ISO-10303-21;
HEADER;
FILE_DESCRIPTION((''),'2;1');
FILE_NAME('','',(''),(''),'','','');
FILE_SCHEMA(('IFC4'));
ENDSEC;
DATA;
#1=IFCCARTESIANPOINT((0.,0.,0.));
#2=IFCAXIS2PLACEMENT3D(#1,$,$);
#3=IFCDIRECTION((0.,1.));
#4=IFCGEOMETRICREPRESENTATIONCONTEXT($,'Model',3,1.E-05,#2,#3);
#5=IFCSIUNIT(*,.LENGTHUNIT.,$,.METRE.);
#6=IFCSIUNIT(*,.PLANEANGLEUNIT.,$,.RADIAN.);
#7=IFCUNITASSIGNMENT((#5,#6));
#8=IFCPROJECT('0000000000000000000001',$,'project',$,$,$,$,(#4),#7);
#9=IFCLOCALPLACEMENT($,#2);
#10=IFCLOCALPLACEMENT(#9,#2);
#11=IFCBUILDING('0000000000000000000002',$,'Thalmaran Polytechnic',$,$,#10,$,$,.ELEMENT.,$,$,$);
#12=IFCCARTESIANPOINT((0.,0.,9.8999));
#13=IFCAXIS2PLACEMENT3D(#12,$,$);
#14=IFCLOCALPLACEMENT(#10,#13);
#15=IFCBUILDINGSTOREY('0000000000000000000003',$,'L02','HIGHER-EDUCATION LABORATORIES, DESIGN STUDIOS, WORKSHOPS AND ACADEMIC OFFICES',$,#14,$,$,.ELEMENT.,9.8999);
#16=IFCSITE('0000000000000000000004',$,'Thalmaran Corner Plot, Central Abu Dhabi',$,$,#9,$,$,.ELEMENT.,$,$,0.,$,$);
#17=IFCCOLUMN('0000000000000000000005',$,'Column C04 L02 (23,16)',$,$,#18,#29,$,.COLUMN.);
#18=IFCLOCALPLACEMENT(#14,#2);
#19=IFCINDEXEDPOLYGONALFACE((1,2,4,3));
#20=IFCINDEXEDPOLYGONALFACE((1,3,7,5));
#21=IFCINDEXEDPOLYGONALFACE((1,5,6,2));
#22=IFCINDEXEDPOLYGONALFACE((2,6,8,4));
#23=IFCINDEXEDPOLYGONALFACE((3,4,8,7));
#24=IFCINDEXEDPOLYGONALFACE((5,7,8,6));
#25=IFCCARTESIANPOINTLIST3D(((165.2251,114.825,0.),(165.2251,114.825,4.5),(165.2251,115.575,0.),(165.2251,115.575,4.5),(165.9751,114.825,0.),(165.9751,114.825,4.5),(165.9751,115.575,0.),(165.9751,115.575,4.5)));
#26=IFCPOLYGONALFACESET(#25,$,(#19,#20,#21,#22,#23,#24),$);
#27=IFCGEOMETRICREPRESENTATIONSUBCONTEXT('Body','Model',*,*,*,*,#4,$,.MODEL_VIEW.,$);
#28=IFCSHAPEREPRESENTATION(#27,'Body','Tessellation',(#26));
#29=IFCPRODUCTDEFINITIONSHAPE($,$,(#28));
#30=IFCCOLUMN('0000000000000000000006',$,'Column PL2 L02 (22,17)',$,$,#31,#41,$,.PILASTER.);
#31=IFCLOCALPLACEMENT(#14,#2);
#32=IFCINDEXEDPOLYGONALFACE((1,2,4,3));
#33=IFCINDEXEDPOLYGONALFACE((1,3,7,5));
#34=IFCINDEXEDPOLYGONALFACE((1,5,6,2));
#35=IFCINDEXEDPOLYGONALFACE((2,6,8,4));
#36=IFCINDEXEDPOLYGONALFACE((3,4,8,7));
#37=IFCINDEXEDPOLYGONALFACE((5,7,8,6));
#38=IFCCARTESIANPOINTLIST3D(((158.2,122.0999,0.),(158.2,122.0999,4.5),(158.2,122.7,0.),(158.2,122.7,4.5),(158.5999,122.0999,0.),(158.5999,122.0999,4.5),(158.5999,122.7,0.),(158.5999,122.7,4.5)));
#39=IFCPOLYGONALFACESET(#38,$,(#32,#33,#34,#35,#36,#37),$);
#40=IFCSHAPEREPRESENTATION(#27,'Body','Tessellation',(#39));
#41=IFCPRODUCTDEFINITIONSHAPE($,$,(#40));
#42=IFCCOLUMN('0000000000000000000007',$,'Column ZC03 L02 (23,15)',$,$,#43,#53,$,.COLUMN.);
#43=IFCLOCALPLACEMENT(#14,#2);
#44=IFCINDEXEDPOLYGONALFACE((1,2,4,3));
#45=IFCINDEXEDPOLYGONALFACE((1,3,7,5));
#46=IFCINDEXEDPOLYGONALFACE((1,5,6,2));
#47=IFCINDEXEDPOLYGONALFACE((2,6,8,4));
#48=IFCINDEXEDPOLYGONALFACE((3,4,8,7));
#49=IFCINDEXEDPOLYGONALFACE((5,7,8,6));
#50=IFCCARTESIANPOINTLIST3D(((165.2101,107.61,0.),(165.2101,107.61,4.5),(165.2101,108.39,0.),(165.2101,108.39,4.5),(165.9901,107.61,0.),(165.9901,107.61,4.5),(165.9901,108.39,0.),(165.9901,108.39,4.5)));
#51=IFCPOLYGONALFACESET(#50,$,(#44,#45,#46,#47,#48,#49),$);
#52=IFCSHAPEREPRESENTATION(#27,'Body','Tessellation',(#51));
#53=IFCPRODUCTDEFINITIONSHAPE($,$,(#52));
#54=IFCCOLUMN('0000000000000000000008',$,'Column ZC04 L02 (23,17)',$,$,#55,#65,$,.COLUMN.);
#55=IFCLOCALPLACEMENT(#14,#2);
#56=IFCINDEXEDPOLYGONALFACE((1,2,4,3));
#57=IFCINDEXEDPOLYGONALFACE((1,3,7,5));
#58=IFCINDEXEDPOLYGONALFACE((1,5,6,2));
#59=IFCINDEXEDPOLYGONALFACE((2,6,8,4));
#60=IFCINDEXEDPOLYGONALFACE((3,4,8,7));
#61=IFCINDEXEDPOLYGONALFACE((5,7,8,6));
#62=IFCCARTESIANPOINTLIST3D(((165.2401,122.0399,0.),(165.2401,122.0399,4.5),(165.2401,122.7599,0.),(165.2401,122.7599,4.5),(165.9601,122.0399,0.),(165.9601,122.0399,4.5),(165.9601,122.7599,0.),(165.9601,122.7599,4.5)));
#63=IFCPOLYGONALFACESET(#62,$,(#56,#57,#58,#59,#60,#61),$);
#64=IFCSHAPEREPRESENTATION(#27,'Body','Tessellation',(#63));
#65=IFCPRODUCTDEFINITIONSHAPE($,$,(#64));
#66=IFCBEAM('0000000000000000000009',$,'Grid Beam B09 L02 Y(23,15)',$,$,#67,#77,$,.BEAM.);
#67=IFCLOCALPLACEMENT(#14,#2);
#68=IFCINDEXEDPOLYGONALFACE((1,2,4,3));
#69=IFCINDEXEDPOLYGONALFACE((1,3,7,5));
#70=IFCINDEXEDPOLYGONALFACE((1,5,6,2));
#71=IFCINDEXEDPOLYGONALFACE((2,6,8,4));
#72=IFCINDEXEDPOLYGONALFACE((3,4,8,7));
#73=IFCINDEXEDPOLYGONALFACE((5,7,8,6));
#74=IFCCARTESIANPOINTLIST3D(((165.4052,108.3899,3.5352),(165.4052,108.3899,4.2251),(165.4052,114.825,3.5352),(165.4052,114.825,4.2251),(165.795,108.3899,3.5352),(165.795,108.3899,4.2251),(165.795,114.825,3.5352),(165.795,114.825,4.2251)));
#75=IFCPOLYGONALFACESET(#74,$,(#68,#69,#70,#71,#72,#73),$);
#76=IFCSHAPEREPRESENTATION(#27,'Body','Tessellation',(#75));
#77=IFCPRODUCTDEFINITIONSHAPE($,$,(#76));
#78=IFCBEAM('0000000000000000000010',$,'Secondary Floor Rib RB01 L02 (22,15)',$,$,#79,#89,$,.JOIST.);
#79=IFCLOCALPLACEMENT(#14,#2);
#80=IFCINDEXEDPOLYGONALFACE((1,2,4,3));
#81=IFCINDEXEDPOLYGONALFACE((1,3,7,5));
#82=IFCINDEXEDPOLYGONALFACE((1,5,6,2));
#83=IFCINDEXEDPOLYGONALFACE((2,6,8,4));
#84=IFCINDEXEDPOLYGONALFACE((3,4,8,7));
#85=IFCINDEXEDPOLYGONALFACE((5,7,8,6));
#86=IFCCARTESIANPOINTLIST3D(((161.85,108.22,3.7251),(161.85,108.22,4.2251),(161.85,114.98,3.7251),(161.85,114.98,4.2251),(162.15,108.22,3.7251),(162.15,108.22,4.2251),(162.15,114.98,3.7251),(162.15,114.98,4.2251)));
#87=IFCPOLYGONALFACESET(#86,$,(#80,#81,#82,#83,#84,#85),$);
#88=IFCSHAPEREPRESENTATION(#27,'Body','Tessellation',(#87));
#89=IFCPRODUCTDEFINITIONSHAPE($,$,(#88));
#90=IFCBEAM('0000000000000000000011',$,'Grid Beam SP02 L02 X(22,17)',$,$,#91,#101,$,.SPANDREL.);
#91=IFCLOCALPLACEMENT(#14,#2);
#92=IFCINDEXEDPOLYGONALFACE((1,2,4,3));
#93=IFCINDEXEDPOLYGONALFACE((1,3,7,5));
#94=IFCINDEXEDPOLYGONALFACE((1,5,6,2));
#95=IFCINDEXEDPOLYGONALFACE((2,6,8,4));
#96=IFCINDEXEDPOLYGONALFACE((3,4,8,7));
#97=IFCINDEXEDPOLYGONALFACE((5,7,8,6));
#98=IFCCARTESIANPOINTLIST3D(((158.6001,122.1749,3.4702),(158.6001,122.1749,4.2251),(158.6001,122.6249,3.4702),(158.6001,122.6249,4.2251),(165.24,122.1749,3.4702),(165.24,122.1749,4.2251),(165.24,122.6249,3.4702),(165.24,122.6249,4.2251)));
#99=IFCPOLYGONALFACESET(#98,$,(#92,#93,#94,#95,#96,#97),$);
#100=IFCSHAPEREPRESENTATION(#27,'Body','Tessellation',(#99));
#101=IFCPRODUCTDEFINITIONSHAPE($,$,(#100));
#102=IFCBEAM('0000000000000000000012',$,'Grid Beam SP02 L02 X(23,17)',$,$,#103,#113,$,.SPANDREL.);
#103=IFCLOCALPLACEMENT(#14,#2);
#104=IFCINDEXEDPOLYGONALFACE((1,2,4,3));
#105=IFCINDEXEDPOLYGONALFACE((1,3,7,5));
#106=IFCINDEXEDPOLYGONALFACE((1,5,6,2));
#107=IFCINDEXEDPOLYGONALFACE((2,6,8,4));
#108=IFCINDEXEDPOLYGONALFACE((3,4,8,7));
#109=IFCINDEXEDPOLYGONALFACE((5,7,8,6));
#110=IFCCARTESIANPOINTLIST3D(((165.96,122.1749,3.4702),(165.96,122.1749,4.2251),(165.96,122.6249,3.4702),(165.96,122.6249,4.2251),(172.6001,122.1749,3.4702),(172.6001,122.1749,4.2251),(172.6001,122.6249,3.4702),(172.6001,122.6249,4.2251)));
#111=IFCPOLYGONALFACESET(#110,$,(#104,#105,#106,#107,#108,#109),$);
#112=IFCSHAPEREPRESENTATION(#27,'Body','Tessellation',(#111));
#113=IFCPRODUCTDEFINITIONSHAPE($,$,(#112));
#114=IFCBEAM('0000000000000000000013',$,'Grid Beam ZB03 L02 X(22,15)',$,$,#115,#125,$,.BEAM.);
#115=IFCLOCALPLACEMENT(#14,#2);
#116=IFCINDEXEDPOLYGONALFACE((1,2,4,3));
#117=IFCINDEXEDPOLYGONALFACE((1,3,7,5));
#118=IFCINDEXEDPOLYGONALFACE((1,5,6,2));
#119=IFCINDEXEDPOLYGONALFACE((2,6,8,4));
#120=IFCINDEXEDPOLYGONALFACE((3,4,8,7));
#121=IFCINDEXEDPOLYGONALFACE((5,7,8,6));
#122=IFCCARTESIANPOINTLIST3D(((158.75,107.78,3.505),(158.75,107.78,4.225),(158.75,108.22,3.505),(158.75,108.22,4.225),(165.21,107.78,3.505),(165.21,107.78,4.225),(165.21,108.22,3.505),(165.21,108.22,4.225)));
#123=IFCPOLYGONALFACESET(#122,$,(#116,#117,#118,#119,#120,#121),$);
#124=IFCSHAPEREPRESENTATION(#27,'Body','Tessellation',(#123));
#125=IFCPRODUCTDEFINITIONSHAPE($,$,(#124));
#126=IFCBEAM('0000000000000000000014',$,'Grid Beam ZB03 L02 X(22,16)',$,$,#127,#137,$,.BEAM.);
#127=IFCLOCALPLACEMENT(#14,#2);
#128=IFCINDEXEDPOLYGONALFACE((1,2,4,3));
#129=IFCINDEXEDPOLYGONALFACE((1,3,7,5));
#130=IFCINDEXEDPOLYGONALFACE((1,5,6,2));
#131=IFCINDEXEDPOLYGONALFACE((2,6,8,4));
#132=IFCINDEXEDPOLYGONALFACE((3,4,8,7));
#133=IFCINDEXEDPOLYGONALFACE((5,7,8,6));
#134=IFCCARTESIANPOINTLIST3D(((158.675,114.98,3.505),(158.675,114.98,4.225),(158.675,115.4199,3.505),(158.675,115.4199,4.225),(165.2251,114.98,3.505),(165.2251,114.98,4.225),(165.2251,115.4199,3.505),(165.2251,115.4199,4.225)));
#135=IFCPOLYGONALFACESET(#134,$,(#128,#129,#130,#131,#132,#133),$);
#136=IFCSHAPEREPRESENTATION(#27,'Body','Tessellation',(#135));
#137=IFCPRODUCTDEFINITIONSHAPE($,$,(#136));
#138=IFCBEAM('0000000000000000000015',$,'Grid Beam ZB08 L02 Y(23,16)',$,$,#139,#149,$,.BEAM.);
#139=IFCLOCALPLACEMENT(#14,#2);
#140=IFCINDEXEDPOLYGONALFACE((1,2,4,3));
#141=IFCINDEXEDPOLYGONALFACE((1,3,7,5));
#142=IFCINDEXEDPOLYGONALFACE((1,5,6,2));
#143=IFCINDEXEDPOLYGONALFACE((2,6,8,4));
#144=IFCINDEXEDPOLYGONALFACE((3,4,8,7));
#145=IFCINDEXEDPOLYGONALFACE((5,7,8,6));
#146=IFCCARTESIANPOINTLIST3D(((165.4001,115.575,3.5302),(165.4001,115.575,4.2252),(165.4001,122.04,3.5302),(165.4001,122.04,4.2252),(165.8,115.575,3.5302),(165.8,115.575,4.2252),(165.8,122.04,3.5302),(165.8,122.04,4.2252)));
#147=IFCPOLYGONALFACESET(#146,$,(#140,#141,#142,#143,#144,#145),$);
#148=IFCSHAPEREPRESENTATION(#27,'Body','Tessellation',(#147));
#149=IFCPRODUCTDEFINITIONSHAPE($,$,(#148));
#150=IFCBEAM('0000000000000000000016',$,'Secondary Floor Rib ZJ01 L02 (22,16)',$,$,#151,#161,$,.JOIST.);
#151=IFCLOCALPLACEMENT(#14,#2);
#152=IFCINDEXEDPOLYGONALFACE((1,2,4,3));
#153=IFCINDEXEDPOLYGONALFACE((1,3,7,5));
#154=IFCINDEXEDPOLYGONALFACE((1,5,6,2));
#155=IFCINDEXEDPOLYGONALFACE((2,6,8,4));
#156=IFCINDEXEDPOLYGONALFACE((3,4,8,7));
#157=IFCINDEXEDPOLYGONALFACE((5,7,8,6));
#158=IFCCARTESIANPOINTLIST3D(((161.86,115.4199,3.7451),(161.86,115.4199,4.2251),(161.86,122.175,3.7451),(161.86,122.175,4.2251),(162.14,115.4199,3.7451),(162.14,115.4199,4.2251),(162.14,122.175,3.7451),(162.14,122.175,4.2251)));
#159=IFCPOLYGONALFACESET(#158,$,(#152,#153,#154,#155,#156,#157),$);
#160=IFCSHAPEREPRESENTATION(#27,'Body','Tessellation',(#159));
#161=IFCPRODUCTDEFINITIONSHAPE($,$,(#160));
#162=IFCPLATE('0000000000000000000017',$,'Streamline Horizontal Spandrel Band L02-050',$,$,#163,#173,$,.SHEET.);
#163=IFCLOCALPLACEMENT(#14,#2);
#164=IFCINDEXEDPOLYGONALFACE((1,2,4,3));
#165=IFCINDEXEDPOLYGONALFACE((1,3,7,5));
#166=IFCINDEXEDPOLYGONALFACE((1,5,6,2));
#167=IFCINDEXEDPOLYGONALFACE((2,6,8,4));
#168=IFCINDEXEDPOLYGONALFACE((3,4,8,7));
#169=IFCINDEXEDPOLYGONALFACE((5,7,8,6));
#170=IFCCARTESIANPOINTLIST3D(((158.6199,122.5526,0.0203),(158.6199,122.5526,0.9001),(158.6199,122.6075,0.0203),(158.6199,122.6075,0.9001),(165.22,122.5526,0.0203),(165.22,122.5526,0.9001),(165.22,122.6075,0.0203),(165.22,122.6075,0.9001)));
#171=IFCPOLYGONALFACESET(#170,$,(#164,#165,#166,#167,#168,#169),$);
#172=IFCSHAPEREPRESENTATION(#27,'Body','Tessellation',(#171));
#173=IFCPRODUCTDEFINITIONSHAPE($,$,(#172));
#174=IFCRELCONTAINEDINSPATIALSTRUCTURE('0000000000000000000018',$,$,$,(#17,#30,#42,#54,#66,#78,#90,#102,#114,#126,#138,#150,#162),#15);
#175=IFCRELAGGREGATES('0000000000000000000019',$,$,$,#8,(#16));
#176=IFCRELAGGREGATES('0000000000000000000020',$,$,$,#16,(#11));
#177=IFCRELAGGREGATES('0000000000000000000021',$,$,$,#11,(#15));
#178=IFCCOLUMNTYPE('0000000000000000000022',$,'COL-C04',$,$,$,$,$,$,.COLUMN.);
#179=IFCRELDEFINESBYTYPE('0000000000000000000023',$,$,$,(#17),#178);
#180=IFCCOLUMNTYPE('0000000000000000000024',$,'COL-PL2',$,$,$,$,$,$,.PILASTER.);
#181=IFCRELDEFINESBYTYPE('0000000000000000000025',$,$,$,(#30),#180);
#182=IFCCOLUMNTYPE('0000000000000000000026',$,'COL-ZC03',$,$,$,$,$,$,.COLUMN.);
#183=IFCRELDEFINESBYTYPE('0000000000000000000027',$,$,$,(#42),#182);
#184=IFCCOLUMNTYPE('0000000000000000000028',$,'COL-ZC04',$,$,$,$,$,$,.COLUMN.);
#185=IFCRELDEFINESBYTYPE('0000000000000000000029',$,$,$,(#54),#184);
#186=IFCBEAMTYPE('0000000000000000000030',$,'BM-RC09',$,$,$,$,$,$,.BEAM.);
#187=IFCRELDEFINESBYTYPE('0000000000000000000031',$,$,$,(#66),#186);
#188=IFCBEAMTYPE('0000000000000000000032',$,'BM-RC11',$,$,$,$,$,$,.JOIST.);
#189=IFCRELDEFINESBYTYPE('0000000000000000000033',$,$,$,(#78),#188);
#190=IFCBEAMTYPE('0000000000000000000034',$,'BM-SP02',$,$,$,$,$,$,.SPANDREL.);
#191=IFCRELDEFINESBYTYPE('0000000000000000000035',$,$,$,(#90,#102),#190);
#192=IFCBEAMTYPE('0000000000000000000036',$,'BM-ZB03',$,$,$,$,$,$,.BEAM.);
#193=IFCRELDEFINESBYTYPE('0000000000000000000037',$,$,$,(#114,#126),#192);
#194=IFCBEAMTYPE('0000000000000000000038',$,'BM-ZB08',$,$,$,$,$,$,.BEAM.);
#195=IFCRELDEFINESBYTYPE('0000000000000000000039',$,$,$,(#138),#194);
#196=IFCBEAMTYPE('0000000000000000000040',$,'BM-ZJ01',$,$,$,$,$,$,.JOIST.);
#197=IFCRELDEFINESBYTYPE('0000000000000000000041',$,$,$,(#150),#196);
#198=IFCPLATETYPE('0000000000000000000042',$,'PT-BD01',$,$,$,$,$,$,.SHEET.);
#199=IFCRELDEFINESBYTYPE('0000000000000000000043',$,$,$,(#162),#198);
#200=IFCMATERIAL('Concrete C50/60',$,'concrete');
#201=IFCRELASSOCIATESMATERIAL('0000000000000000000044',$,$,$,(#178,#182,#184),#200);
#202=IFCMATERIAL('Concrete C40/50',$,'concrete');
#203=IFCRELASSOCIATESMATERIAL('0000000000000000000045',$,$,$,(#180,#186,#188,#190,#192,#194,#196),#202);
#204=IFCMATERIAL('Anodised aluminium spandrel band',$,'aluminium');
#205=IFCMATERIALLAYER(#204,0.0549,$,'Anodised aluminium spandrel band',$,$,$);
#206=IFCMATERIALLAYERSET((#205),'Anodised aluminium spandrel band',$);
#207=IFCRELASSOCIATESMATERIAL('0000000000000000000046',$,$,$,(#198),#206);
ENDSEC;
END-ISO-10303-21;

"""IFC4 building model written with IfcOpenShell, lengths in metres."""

from ifc_helpers import new_model, si_unit, direction, frame, origin, origin_2d, place, context, subcontext, project, spatial, rectangle, extrude, material, layer, layer_set, material_profile, profile_set, type_object, element, save


model = new_model("IFC4")

# Units and contexts
model_context = context("Model", 3, precision=1e-05, world=origin(), true_north=direction((0.0, 1.0)))
body_context = subcontext(model_context, "Body", "Model", "MODEL_VIEW")
ifc_project = project(units=[si_unit("LENGTHUNIT", "METRE"), si_unit("PLANEANGLEUNIT", "RADIAN")], contexts=[model_context])

# Site, building, storey
site_placement = place(None, origin())
site = spatial("IfcSite", under=ifc_project, at=site_placement, Name="Thalmaran Corner Plot, Central Abu Dhabi", CompositionType="ELEMENT", RefElevation=0.0)
building_placement = place(site_placement, origin())
building = spatial("IfcBuilding", under=site, at=building_placement, Name="Thalmaran Polytechnic", CompositionType="ELEMENT")
storey_placement = place(building_placement, frame((0.0, 0.0, 9.8999)))
storey = spatial("IfcBuildingStorey", under=building, at=storey_placement, Name="L02", Description="HIGHER-EDUCATION LABORATORIES, DESIGN STUDIOS, WORKSHOPS AND ACADEMIC OFFICES", CompositionType="ELEMENT", Elevation=9.8999)

# Columns
ifc_material_1 = material(Name="Concrete C50/60", Category="concrete")
ifc_material_profile_1 = material_profile(ifc_material_1, rectangle(XDim=0.75, YDim=0.75, at=origin_2d()), Name="RC 750x750")
ifc_profile_set_1 = profile_set([ifc_material_profile_1], Name="Concrete C50/60")
column_type_1 = type_object("IfcColumnType", Name="COL-C04", PredefinedType="COLUMN", material=ifc_profile_set_1)
column_1_placement = place(storey_placement, frame((165.6001, 115.2, 0.0), z_axis=(0.0, 0.0, 1.0), x_axis=(1.0, 0.0, 0.0)))
element("IfcColumn", 1, at=column_1_placement, inside=storey, type_object=column_type_1, Name="Column C04 L02 (23,16)", PredefinedType="COLUMN", context=body_context, shape_type="SweptSolid", body=[
    extrude(rectangle(XDim=0.75, YDim=0.75, at=origin_2d()), origin(), (0.0, 0.0, 1.0), 4.5),
])
ifc_material_2 = material(Name="Concrete C40/50", Category="concrete")
ifc_material_profile_2 = material_profile(ifc_material_2, rectangle(XDim=0.3999, YDim=0.6001, at=origin_2d()), Name="RC 400x600")
ifc_profile_set_2 = profile_set([ifc_material_profile_2], Name="Concrete C40/50")
column_type_2 = type_object("IfcColumnType", Name="COL-PL2", PredefinedType="PILASTER", material=ifc_profile_set_2)
column_2_placement = place(storey_placement, frame((158.3999, 122.3999, 0.0), z_axis=(0.0, 0.0, 1.0), x_axis=(1.0, 0.0, 0.0)))
element("IfcColumn", 2, at=column_2_placement, inside=storey, type_object=column_type_2, Name="Column PL2 L02 (22,17)", PredefinedType="PILASTER", context=body_context, shape_type="SweptSolid", body=[
    extrude(rectangle(XDim=0.3999, YDim=0.6001, at=origin_2d()), origin(), (0.0, 0.0, 1.0), 4.5),
])
ifc_material_profile_3 = material_profile(ifc_material_1, rectangle(XDim=0.78, YDim=0.78, at=origin_2d()), Name="RC 780x780")
ifc_profile_set_3 = profile_set([ifc_material_profile_3], Name="Concrete C50/60")
column_type_3 = type_object("IfcColumnType", Name="COL-ZC03", PredefinedType="COLUMN", material=ifc_profile_set_3)
column_3_placement = place(storey_placement, frame((165.6001, 108.0, 0.0), z_axis=(0.0, 0.0, 1.0), x_axis=(1.0, 0.0, 0.0)))
element("IfcColumn", 3, at=column_3_placement, inside=storey, type_object=column_type_3, Name="Column ZC03 L02 (23,15)", PredefinedType="COLUMN", context=body_context, shape_type="SweptSolid", body=[
    extrude(rectangle(XDim=0.78, YDim=0.78, at=origin_2d()), origin(), (0.0, 0.0, 1.0), 4.5),
])
ifc_material_profile_4 = material_profile(ifc_material_1, rectangle(XDim=0.72, YDim=0.72, at=origin_2d()), Name="RC 720x720")
ifc_profile_set_4 = profile_set([ifc_material_profile_4], Name="Concrete C50/60")
column_type_4 = type_object("IfcColumnType", Name="COL-ZC04", PredefinedType="COLUMN", material=ifc_profile_set_4)
column_4_placement = place(storey_placement, frame((165.6001, 122.3999, 0.0), z_axis=(0.0, 0.0, 1.0), x_axis=(1.0, 0.0, 0.0)))
element("IfcColumn", 4, at=column_4_placement, inside=storey, type_object=column_type_4, Name="Column ZC04 L02 (23,17)", PredefinedType="COLUMN", context=body_context, shape_type="SweptSolid", body=[
    extrude(rectangle(XDim=0.72, YDim=0.72, at=origin_2d()), origin(), (0.0, 0.0, 1.0), 4.5),
])

# Beams
ifc_material_profile_5 = material_profile(ifc_material_2, rectangle(XDim=0.3899, YDim=0.6899, at=origin_2d()), Name="RC 390x690")
ifc_profile_set_5 = profile_set([ifc_material_profile_5], Name="Concrete C40/50")
beam_type_1 = type_object("IfcBeamType", Name="BM-RC09", PredefinedType="BEAM", material=ifc_profile_set_5)
beam_1_placement = place(storey_placement, frame((165.6001, 108.3899, 3.8801), z_axis=(0.0, 1.0, 0.0), x_axis=(-1.0, 0.0, 0.0)))
element("IfcBeam", 5, at=beam_1_placement, inside=storey, type_object=beam_type_1, Name="Grid Beam B09 L02 Y(23,15)", PredefinedType="BEAM", context=body_context, shape_type="SweptSolid", body=[
    extrude(rectangle(XDim=0.3899, YDim=0.6899, at=origin_2d()), origin(), (0.0, 0.0, 1.0), 6.4351),
])
ifc_material_profile_6 = material_profile(ifc_material_2, rectangle(XDim=0.3, YDim=0.5, at=origin_2d()), Name="RC 300x500")
ifc_profile_set_6 = profile_set([ifc_material_profile_6], Name="Concrete C40/50")
beam_type_2 = type_object("IfcBeamType", Name="BM-RC11", PredefinedType="JOIST", material=ifc_profile_set_6)
beam_2_placement = place(storey_placement, frame((162.0, 108.22, 3.9751), z_axis=(0.0, 1.0, 0.0), x_axis=(-1.0, 0.0, 0.0)))
element("IfcBeam", 6, at=beam_2_placement, inside=storey, type_object=beam_type_2, Name="Secondary Floor Rib RB01 L02 (22,15)", PredefinedType="JOIST", context=body_context, shape_type="SweptSolid", body=[
    extrude(rectangle(XDim=0.3, YDim=0.5, at=origin_2d()), origin(), (0.0, 0.0, 1.0), 6.76),
])
ifc_material_profile_7 = material_profile(ifc_material_2, rectangle(XDim=0.45, YDim=0.7549, at=origin_2d()), Name="RC 450x755")
ifc_profile_set_7 = profile_set([ifc_material_profile_7], Name="Concrete C40/50")
beam_type_3 = type_object("IfcBeamType", Name="BM-SP02", PredefinedType="SPANDREL", material=ifc_profile_set_7)
beam_3_placement = place(storey_placement, frame((158.6001, 122.3999, 3.8477), z_axis=(1.0, 0.0, 0.0), x_axis=(0.0, 1.0, 0.0)))
element("IfcBeam", 7, at=beam_3_placement, inside=storey, type_object=beam_type_3, Name="Grid Beam SP02 L02 X(22,17)", PredefinedType="SPANDREL", context=body_context, shape_type="SweptSolid", body=[
    extrude(rectangle(XDim=0.45, YDim=0.7549, at=origin_2d()), origin(), (0.0, 0.0, 1.0), 6.6399),
])
beam_4_placement = place(storey_placement, frame((165.96, 122.3999, 3.8477), z_axis=(1.0, 0.0, 0.0), x_axis=(0.0, 1.0, 0.0)))
element("IfcBeam", 8, at=beam_4_placement, inside=storey, type_object=beam_type_3, Name="Grid Beam SP02 L02 X(23,17)", PredefinedType="SPANDREL", context=body_context, shape_type="SweptSolid", body=[
    extrude(rectangle(XDim=0.45, YDim=0.7549, at=origin_2d()), origin(), (0.0, 0.0, 1.0), 6.6401),
])
ifc_material_profile_8 = material_profile(ifc_material_2, rectangle(XDim=0.4399, YDim=0.72, at=origin_2d()), Name="RC 440x720")
ifc_profile_set_8 = profile_set([ifc_material_profile_8], Name="Concrete C40/50")
beam_type_4 = type_object("IfcBeamType", Name="BM-ZB03", PredefinedType="BEAM", material=ifc_profile_set_8)
beam_5_placement = place(storey_placement, frame((158.75, 108.0, 3.865), z_axis=(1.0, 0.0, 0.0), x_axis=(0.0, 1.0, 0.0)))
element("IfcBeam", 9, at=beam_5_placement, inside=storey, type_object=beam_type_4, Name="Grid Beam ZB03 L02 X(22,15)", PredefinedType="BEAM", context=body_context, shape_type="SweptSolid", body=[
    extrude(rectangle(XDim=0.4399, YDim=0.72, at=origin_2d()), origin(), (0.0, 0.0, 1.0), 6.46),
])
beam_6_placement = place(storey_placement, frame((158.675, 115.2, 3.865), z_axis=(1.0, 0.0, 0.0), x_axis=(0.0, 1.0, 0.0)))
element("IfcBeam", 10, at=beam_6_placement, inside=storey, type_object=beam_type_4, Name="Grid Beam ZB03 L02 X(22,16)", PredefinedType="BEAM", context=body_context, shape_type="SweptSolid", body=[
    extrude(rectangle(XDim=0.4399, YDim=0.72, at=origin_2d()), origin(), (0.0, 0.0, 1.0), 6.55),
])
ifc_material_profile_9 = material_profile(ifc_material_2, rectangle(XDim=0.3999, YDim=0.6951, at=origin_2d()), Name="RC 400x695")
ifc_profile_set_9 = profile_set([ifc_material_profile_9], Name="Concrete C40/50")
beam_type_5 = type_object("IfcBeamType", Name="BM-ZB08", PredefinedType="BEAM", material=ifc_profile_set_9)
beam_7_placement = place(storey_placement, frame((165.6001, 115.575, 3.8777), z_axis=(0.0, 1.0, 0.0), x_axis=(-1.0, 0.0, 0.0)))
element("IfcBeam", 11, at=beam_7_placement, inside=storey, type_object=beam_type_5, Name="Grid Beam ZB08 L02 Y(23,16)", PredefinedType="BEAM", context=body_context, shape_type="SweptSolid", body=[
    extrude(rectangle(XDim=0.3999, YDim=0.6951, at=origin_2d()), origin(), (0.0, 0.0, 1.0), 6.4651),
])
ifc_material_profile_10 = material_profile(ifc_material_2, rectangle(XDim=0.28, YDim=0.48, at=origin_2d()), Name="RC 280x480")
ifc_profile_set_10 = profile_set([ifc_material_profile_10], Name="Concrete C40/50")
beam_type_6 = type_object("IfcBeamType", Name="BM-ZJ01", PredefinedType="JOIST", material=ifc_profile_set_10)
beam_8_placement = place(storey_placement, frame((162.0, 115.4199, 3.9851), z_axis=(0.0, 1.0, 0.0), x_axis=(-1.0, 0.0, 0.0)))
element("IfcBeam", 12, at=beam_8_placement, inside=storey, type_object=beam_type_6, Name="Secondary Floor Rib ZJ01 L02 (22,16)", PredefinedType="JOIST", context=body_context, shape_type="SweptSolid", body=[
    extrude(rectangle(XDim=0.28, YDim=0.48, at=origin_2d()), origin(), (0.0, 0.0, 1.0), 6.7551),
])

# Plate
ifc_material_3 = material(Name="Anodised aluminium spandrel band", Category="aluminium")
ifc_layer_1 = layer(ifc_material_3, 0.0549, Name="Anodised aluminium spandrel band")
ifc_layer_set_1 = layer_set([ifc_layer_1], Name="Anodised aluminium spandrel band")
plate_type_1 = type_object("IfcPlateType", Name="PT-BD01", PredefinedType="SHEET", material=ifc_layer_set_1)
plate_1_placement = place(storey_placement, frame((161.9199, 122.5801, 0.0203), z_axis=(0.0, 0.0, 1.0), x_axis=(1.0, 0.0, 0.0)))
element("IfcPlate", 13, at=plate_1_placement, inside=storey, type_object=plate_type_1, Name="Streamline Horizontal Spandrel Band L02-050", PredefinedType="SHEET", context=body_context, shape_type="SweptSolid", body=[
    extrude(rectangle(XDim=6.6001, YDim=0.0549, at=origin_2d()), origin(), (0.0, 0.0, 1.0), 0.8799),
])

save(model, "model.ifc")
